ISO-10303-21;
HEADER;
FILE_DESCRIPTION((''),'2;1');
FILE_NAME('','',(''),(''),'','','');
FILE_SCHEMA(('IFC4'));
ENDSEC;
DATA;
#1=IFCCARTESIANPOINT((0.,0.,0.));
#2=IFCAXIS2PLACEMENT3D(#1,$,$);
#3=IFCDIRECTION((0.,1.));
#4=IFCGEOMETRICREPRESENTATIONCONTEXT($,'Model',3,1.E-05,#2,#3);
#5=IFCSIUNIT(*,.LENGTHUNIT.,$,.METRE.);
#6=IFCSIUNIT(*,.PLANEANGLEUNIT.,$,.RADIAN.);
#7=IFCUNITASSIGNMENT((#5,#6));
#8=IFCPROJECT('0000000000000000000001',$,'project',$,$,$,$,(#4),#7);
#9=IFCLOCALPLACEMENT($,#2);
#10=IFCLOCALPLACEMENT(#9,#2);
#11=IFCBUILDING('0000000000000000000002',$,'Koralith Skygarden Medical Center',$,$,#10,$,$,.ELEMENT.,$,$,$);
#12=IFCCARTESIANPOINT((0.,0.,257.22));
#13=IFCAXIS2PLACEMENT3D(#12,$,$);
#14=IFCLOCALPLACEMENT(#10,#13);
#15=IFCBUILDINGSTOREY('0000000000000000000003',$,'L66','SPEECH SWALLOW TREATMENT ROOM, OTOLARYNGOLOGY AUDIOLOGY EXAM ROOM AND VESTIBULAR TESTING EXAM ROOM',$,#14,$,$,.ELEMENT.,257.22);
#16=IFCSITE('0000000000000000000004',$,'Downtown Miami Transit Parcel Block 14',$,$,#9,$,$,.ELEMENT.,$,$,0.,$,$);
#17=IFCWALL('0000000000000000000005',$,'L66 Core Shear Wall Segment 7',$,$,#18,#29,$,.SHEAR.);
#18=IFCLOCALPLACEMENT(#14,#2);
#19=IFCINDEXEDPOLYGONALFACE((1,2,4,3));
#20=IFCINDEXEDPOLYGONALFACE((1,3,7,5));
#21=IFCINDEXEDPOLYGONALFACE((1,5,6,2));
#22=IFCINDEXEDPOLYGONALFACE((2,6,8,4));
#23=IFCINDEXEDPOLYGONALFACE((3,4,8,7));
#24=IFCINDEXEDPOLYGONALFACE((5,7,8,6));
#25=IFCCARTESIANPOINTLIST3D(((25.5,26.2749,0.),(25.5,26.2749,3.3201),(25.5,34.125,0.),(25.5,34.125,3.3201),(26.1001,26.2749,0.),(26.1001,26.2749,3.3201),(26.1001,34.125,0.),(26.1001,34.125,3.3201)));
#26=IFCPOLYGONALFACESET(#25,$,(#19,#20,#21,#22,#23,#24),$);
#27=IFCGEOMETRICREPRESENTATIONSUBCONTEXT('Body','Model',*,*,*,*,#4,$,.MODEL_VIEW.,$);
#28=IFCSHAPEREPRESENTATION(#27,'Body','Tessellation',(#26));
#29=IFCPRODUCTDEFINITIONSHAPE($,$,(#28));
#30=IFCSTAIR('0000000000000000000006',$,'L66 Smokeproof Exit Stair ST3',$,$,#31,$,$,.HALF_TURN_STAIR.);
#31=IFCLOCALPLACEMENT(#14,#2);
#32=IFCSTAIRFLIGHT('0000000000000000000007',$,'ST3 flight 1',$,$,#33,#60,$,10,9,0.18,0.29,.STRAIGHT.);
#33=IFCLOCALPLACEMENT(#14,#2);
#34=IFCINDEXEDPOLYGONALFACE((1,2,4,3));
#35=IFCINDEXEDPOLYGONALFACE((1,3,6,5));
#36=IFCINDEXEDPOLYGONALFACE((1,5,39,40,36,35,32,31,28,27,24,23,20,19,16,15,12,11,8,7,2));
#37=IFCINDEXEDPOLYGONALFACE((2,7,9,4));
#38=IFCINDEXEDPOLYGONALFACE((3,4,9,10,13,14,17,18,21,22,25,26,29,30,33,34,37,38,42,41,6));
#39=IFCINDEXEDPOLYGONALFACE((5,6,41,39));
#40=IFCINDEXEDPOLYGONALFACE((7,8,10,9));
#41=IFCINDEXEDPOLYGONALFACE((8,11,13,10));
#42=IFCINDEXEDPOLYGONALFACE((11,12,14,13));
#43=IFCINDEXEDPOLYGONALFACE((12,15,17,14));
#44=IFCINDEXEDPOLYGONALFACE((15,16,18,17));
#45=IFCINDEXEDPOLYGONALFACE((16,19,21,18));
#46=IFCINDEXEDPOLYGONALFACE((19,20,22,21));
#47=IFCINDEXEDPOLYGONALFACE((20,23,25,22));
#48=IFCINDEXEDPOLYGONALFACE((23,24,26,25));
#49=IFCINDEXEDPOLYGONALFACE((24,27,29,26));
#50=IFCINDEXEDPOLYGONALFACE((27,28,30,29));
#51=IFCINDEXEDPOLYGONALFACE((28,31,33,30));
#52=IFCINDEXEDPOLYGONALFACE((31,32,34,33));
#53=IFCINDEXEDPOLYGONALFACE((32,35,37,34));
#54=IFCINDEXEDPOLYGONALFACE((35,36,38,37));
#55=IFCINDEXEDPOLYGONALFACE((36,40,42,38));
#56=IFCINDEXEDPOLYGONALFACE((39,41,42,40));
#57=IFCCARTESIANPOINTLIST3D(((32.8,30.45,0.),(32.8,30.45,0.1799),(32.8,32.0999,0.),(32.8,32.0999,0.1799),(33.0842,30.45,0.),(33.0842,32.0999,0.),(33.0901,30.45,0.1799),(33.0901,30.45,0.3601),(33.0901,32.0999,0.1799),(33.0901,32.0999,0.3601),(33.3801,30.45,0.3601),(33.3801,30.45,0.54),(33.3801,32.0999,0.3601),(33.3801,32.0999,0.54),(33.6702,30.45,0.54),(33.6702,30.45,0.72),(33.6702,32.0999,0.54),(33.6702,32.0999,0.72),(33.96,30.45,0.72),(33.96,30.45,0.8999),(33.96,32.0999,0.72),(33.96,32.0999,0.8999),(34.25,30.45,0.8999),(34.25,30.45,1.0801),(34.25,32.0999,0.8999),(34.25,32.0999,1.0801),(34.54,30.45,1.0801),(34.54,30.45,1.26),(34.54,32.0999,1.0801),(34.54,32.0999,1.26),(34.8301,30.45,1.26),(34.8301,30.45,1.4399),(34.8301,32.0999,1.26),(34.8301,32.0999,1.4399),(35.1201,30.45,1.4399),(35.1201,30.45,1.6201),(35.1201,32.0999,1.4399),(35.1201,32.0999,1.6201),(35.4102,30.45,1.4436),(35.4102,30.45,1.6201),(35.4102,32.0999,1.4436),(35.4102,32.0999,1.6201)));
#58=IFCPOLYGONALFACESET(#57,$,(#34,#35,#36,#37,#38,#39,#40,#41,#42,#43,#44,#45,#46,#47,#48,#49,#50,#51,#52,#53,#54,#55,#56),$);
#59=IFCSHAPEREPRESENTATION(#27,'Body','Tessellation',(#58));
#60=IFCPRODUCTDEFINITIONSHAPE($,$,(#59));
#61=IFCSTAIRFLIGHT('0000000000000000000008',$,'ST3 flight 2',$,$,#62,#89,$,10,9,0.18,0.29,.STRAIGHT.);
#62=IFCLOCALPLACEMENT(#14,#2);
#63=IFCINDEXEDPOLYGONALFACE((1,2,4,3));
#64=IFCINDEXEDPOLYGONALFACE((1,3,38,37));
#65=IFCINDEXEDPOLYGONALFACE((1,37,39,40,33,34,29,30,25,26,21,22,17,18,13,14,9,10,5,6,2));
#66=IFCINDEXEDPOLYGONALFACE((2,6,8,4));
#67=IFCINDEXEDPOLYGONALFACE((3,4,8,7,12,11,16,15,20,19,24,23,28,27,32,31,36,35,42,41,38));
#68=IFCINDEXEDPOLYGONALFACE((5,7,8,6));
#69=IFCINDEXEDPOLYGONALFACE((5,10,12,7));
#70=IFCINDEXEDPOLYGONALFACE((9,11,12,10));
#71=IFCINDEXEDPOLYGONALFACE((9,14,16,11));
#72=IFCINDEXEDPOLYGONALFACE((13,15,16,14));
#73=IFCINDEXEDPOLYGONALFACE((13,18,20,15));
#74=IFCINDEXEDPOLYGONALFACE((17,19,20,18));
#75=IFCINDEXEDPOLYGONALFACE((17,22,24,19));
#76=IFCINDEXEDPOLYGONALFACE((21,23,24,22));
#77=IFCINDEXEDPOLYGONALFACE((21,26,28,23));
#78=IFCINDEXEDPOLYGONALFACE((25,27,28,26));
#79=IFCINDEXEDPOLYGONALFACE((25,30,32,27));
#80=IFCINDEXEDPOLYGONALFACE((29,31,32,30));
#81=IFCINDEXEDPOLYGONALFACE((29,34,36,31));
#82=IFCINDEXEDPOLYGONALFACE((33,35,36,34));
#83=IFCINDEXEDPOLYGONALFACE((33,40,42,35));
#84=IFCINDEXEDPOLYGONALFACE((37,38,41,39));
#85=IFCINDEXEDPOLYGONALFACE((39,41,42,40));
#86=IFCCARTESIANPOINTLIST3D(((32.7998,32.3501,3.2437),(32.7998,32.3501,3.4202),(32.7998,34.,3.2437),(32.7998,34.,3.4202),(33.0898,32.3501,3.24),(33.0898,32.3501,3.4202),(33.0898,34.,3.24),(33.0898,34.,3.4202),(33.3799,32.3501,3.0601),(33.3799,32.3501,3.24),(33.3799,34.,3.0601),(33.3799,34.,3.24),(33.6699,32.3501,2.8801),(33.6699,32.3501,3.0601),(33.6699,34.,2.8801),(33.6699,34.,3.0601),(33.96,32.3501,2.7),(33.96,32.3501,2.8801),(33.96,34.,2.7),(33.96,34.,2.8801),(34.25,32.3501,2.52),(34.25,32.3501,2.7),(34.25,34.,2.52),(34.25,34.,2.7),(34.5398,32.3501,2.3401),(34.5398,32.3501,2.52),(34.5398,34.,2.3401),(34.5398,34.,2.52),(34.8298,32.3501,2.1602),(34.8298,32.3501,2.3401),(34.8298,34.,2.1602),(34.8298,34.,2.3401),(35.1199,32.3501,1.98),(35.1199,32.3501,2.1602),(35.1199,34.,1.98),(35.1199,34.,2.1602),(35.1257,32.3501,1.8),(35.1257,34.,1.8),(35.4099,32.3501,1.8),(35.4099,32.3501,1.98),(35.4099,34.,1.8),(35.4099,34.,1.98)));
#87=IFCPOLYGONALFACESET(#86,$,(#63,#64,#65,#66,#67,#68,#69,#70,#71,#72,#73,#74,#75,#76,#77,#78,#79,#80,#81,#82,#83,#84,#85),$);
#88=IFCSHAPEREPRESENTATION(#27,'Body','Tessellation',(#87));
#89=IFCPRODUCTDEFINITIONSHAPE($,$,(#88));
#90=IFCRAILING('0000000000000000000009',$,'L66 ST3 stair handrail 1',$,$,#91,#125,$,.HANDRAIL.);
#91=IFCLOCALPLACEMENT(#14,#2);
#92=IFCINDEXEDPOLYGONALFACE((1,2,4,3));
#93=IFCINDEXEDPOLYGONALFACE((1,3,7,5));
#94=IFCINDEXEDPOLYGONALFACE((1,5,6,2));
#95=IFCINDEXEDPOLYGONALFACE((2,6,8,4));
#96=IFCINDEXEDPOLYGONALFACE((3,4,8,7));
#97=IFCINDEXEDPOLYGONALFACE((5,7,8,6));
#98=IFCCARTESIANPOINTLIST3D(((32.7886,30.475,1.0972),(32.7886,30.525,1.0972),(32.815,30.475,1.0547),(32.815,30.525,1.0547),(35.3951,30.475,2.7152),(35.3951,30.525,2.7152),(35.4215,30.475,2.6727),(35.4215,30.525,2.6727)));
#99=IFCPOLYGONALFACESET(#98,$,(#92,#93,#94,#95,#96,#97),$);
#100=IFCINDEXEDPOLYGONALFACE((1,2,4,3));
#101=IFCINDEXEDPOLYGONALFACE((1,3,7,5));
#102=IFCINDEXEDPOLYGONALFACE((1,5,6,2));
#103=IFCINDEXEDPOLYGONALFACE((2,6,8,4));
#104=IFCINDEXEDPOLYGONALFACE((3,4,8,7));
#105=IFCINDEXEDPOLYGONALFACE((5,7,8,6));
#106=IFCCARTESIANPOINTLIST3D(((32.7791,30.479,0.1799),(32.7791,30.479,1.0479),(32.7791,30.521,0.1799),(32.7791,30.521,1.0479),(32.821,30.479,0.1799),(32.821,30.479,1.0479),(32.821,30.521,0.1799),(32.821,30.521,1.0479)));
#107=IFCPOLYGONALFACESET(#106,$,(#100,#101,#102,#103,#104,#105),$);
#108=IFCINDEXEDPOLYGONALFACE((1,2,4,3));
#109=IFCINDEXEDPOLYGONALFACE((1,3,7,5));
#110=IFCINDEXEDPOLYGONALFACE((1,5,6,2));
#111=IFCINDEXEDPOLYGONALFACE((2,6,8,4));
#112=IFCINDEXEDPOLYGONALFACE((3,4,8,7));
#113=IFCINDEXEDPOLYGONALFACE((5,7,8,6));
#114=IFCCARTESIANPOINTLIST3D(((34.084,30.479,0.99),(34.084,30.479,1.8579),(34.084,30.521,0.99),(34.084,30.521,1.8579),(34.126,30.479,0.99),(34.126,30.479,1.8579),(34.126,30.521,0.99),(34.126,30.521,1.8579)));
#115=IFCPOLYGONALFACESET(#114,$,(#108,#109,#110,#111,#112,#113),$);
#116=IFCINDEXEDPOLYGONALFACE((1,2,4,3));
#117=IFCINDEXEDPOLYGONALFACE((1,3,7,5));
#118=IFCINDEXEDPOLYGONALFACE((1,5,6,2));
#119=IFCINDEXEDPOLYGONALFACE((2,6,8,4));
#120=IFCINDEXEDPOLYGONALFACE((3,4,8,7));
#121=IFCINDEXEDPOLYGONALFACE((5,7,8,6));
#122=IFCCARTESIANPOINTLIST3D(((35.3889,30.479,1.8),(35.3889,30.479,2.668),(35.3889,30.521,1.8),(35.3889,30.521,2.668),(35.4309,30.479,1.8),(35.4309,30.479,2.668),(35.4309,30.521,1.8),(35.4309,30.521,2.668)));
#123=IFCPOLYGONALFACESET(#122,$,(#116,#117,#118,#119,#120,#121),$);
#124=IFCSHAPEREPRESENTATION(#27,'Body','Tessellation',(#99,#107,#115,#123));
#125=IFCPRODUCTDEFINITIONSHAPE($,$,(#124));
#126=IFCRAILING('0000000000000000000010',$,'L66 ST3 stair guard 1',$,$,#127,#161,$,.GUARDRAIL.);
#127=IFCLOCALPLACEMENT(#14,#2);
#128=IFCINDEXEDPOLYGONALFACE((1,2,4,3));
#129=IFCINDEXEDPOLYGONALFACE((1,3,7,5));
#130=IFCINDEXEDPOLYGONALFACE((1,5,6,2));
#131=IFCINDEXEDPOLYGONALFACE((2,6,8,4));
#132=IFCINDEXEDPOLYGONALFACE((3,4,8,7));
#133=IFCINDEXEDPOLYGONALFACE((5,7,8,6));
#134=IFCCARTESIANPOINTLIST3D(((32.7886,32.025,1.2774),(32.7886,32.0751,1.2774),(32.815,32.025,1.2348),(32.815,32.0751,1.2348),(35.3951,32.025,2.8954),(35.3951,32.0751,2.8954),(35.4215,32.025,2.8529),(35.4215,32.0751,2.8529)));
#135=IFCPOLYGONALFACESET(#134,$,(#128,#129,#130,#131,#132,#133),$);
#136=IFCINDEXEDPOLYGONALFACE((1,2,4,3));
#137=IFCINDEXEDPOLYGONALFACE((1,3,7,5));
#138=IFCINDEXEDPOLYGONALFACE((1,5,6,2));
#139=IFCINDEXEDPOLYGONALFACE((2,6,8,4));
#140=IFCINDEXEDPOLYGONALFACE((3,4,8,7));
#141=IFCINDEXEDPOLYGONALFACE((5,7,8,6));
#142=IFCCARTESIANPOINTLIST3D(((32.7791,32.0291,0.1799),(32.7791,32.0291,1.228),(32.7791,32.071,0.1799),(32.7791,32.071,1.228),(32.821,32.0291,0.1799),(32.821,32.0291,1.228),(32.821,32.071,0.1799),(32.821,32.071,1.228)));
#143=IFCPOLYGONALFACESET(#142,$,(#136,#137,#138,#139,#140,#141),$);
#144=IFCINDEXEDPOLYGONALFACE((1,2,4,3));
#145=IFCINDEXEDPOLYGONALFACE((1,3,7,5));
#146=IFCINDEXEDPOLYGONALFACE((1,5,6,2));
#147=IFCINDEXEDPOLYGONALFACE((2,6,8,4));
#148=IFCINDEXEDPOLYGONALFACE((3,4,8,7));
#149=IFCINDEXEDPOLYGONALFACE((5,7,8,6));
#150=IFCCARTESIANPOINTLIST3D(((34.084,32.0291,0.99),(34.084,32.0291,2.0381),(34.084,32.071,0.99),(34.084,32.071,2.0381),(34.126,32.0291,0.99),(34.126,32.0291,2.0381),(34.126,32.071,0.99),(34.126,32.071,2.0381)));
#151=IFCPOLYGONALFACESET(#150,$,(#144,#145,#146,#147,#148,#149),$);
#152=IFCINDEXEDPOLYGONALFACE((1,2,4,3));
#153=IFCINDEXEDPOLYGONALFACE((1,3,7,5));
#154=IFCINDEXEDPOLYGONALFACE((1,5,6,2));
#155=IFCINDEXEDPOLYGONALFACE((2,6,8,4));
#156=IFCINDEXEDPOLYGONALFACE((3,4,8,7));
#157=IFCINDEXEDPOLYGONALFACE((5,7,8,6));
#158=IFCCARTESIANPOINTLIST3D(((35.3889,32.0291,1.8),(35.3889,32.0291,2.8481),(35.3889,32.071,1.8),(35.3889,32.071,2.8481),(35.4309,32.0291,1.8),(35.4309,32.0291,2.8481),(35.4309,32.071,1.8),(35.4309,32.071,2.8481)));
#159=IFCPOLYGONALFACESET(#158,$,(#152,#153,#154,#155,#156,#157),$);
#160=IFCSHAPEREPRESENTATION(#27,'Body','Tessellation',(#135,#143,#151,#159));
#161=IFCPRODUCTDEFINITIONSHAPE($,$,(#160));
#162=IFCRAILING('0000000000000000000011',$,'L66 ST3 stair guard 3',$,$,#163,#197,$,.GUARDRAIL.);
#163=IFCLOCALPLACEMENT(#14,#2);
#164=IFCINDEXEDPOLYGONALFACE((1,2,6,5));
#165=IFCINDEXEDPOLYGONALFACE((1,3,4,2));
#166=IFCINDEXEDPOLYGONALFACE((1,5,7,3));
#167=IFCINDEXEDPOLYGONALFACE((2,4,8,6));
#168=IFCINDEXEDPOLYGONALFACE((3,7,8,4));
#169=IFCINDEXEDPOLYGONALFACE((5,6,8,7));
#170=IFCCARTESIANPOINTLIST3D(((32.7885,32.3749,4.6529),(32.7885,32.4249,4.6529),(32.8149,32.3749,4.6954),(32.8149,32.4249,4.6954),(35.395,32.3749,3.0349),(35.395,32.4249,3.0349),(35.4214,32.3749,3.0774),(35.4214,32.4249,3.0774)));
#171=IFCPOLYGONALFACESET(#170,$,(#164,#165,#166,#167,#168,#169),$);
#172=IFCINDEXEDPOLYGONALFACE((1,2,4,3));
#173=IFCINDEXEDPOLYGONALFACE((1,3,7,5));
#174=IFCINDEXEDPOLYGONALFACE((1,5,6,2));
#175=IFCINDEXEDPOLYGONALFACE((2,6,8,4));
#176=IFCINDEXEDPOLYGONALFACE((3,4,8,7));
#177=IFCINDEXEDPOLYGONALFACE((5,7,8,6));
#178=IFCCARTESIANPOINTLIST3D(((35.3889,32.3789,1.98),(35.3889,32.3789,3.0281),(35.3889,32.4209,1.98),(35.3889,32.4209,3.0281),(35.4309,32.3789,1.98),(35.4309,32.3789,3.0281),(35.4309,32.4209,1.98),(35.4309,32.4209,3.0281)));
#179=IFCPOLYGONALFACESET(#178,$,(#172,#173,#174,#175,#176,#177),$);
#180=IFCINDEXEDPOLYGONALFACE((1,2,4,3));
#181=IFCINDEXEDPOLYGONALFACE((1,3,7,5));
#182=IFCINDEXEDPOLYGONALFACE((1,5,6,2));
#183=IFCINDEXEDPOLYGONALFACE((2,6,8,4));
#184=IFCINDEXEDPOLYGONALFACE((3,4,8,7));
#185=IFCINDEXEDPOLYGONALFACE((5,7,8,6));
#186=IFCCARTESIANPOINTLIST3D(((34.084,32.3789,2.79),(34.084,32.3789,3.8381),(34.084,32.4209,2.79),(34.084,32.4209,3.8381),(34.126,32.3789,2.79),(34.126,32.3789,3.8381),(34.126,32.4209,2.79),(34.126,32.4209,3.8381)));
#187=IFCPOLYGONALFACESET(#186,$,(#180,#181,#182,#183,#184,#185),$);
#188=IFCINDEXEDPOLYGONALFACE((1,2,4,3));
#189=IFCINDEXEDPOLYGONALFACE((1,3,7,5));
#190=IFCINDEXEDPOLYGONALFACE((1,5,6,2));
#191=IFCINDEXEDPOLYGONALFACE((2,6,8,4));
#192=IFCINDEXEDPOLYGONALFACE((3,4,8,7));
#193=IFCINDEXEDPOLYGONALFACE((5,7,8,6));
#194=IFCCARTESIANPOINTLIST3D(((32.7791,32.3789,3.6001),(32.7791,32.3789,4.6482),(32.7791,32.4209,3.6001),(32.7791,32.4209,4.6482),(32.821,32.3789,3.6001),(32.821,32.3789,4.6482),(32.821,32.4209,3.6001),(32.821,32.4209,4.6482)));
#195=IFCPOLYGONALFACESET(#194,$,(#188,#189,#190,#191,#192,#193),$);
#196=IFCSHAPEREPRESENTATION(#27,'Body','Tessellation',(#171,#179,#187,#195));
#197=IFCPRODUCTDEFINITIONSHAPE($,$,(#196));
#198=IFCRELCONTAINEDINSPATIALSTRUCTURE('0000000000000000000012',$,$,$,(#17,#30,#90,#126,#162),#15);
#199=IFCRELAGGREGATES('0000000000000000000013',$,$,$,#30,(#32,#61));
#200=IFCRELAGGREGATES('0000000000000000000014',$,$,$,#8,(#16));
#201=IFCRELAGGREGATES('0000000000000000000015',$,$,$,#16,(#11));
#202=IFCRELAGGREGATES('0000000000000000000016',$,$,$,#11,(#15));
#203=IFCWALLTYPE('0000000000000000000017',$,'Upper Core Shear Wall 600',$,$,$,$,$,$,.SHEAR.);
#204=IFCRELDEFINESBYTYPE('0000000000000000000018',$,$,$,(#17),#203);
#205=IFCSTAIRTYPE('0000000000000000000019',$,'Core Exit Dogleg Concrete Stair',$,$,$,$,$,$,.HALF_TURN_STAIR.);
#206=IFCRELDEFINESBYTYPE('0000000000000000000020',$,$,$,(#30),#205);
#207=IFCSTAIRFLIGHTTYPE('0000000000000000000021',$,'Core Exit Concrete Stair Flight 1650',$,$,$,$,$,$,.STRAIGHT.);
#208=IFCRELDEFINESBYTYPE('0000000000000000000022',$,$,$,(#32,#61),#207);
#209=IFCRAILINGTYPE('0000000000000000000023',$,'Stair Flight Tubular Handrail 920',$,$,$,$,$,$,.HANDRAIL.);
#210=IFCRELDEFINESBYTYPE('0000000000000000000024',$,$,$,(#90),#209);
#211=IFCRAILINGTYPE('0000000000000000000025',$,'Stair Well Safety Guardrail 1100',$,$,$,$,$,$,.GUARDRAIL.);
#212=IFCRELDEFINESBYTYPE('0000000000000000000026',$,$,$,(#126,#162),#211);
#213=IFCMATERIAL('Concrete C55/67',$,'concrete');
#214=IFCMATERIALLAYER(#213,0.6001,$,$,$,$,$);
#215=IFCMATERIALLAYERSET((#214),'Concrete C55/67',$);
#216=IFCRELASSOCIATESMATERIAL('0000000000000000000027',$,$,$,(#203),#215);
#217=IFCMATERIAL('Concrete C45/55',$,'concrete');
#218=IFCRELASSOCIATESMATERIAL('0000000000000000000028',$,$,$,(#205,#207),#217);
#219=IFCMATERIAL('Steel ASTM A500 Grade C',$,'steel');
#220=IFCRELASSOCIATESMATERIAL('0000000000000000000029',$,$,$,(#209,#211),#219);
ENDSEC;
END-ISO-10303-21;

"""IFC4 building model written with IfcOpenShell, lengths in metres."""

from ifc_helpers import new_model, si_unit, direction, frame, frame_2d, origin, origin_2d, place, context, subcontext, project, spatial, polyline, rectangle, outline, extrude, material, layer, layer_set, type_object, element, aggregate, save


model = new_model("IFC4")

# Units and contexts
model_context = context("Model", 3, precision=1e-05, world=origin(), true_north=direction((0.0, 1.0)))
body_context = subcontext(model_context, "Body", "Model", "MODEL_VIEW")
ifc_project = project(units=[si_unit("LENGTHUNIT", "METRE"), si_unit("PLANEANGLEUNIT", "RADIAN")], contexts=[model_context])

# Site, building, storey
site_placement = place(None, origin())
site = spatial("IfcSite", under=ifc_project, at=site_placement, Name="Downtown Miami Transit Parcel Block 14", CompositionType="ELEMENT", RefElevation=0.0)
building_placement = place(site_placement, origin())
building = spatial("IfcBuilding", under=site, at=building_placement, Name="Koralith Skygarden Medical Center", CompositionType="ELEMENT")
storey_placement = place(building_placement, frame((0.0, 0.0, 257.22)))
storey = spatial("IfcBuildingStorey", under=building, at=storey_placement, Name="L66", Description="SPEECH SWALLOW TREATMENT ROOM, OTOLARYNGOLOGY AUDIOLOGY EXAM ROOM AND VESTIBULAR TESTING EXAM ROOM", CompositionType="ELEMENT", Elevation=257.22)

# Shared definitions
ifc_material_1 = material(Name="Concrete C55/67", Category="concrete")

# Shared definitions
ifc_material_2 = material(Name="Concrete C45/55", Category="concrete")

# Wall
ifc_layer_1 = layer(ifc_material_1, 0.6001)
ifc_layer_set_1 = layer_set([ifc_layer_1], Name="Concrete C55/67")
wall_type = type_object("IfcWallType", Name="Upper Core Shear Wall 600", PredefinedType="SHEAR", material=ifc_layer_set_1)
wall_placement = place(storey_placement, frame((25.8, 34.125, 0.0), z_axis=(0.0, 0.0, 1.0), x_axis=(0.0, -1.0, 0.0)))
element("IfcWall", 1, at=wall_placement, inside=storey, type_object=wall_type, Name="L66 Core Shear Wall Segment 7", PredefinedType="SHEAR", context=body_context, shape_type="SweptSolid", body=[
    extrude(rectangle(XDim=7.8501, YDim=0.6001, at=frame_2d((3.925, 0.0))), origin(), (0.0, 0.0, 1.0), 3.3201),
])

# Stair, stair flights
stair_type = type_object("IfcStairType", Name="Core Exit Dogleg Concrete Stair", PredefinedType="HALF_TURN_STAIR", material=ifc_material_2)
stair_placement = place(storey_placement, origin())
stair = element("IfcStair", 2, at=stair_placement, inside=storey, type_object=stair_type, Name="L66 Smokeproof Exit Stair ST3", PredefinedType="HALF_TURN_STAIR")
stair_flight_type = type_object("IfcStairFlightType", Name="Core Exit Concrete Stair Flight 1650", PredefinedType="STRAIGHT", material=ifc_material_2)
stair_flight_1_placement = place(storey_placement, frame((32.8, 31.2749, 0.0), z_axis=(0.0, 0.0, 1.0), x_axis=(1.0, 0.0, 0.0)))
stair_flight_1 = element("IfcStairFlight", 3, at=stair_flight_1_placement, type_object=stair_flight_type, Name="ST3 flight 1", NumberOfRisers=10, NumberOfTreads=9, PredefinedType="STRAIGHT", RiserHeight=0.18, TreadLength=0.29, context=body_context, shape_type="SweptSolid", body=[
    extrude(outline(polyline([(0.0, 0.0), (0.0, 0.1799), (0.29, 0.1799), (0.29, 0.3601), (0.5801, 0.3601), (0.5801, 0.54), (0.8701, 0.54), (0.8701, 0.72), (1.1599, 0.72), (1.1599, 0.8999), (1.45, 0.8999), (1.45, 1.0801), (1.74, 1.0801), (1.74, 1.26), (2.03, 1.26), (2.03, 1.4399), (2.3201, 1.4399), (2.3201, 1.6201), (2.6101, 1.6201), (2.6101, 1.8), (2.6101, 1.4436), (0.2842, 0.0), (0.0, 0.0)])), frame((0.0, 0.825, 0.0), z_axis=(0.0, -1.0, 0.0), x_axis=(1.0, 0.0, 0.0)), (0.0, 0.0, 1.0), 1.6499),
])
stair_flight_2_placement = place(storey_placement, frame((35.4099, 33.175, 1.8), z_axis=(0.0, 0.0, 1.0), x_axis=(-1.0, 0.0, 0.0)))
stair_flight_2 = element("IfcStairFlight", 4, at=stair_flight_2_placement, type_object=stair_flight_type, Name="ST3 flight 2", NumberOfRisers=10, NumberOfTreads=9, PredefinedType="STRAIGHT", RiserHeight=0.18, TreadLength=0.29, context=body_context, shape_type="SweptSolid", body=[
    extrude(outline(polyline([(0.0, 0.0), (0.0, 0.1799), (0.29, 0.1799), (0.29, 0.3601), (0.5801, 0.3601), (0.5801, 0.54), (0.8701, 0.54), (0.8701, 0.72), (1.1599, 0.72), (1.1599, 0.8999), (1.45, 0.8999), (1.45, 1.0801), (1.74, 1.0801), (1.74, 1.26), (2.03, 1.26), (2.03, 1.4399), (2.3201, 1.4399), (2.3201, 1.6201), (2.6101, 1.6201), (2.6101, 1.8), (2.6101, 1.4436), (0.2842, 0.0), (0.0, 0.0)])), frame((0.0, 0.825, 0.0), z_axis=(0.0, -1.0, 0.0), x_axis=(1.0, 0.0, 0.0)), (0.0, 0.0, 1.0), 1.6499),
])
aggregate(stair, [stair_flight_1, stair_flight_2])

# Railings
ifc_material_3 = material(Name="Steel ASTM A500 Grade C", Category="steel")
railing_type_1 = type_object("IfcRailingType", Name="Stair Flight Tubular Handrail 920", PredefinedType="HANDRAIL", material=ifc_material_3)
railing_1_placement = place(storey_placement, frame((32.8, 30.5, 0.1799)))
element("IfcRailing", 5, at=railing_1_placement, inside=storey, type_object=railing_type_1, Name="L66 ST3 stair handrail 1", PredefinedType="HANDRAIL", context=body_context, shape_type="SweptSolid", body=[
    extrude(rectangle(XDim=0.05, YDim=0.05, at=origin_2d()), frame((0.0017, 0.0, 0.896), z_axis=(0.849611, 0.0, 0.52741), x_axis=(0.0, 1.0, 0.0)), (0.0, 0.0, 1.0), 3.0679),
    extrude(rectangle(XDim=0.042, YDim=0.042, at=origin_2d()), origin(), (0.0, 0.0, 1.0), 0.8679),
    extrude(rectangle(XDim=0.042, YDim=0.042, at=origin_2d()), frame((1.3049, 0.0, 0.8101)), (0.0, 0.0, 1.0), 0.8679),
    extrude(rectangle(XDim=0.042, YDim=0.042, at=origin_2d()), frame((2.6099, 0.0, 1.6201)), (0.0, 0.0, 1.0), 0.8679),
])
railing_type_2 = type_object("IfcRailingType", Name="Stair Well Safety Guardrail 1100", PredefinedType="GUARDRAIL", material=ifc_material_3)
railing_2_placement = place(storey_placement, frame((32.8, 32.05, 0.1799)))
element("IfcRailing", 6, at=railing_2_placement, inside=storey, type_object=railing_type_2, Name="L66 ST3 stair guard 1", PredefinedType="GUARDRAIL", context=body_context, shape_type="SweptSolid", body=[
    extrude(rectangle(XDim=0.05, YDim=0.05, at=origin_2d()), frame((0.0017, 0.0, 1.0762), z_axis=(0.849611, 0.0, 0.52741), x_axis=(0.0, 1.0, 0.0)), (0.0, 0.0, 1.0), 3.0679),
    extrude(rectangle(XDim=0.042, YDim=0.042, at=origin_2d()), origin(), (0.0, 0.0, 1.0), 1.0481),
    extrude(rectangle(XDim=0.042, YDim=0.042, at=origin_2d()), frame((1.3049, 0.0, 0.8101)), (0.0, 0.0, 1.0), 1.0481),
    extrude(rectangle(XDim=0.042, YDim=0.042, at=origin_2d()), frame((2.6099, 0.0, 1.6201)), (0.0, 0.0, 1.0), 1.0481),
])
railing_3_placement = place(storey_placement, frame((35.4099, 32.3999, 1.98)))
element("IfcRailing", 7, at=railing_3_placement, inside=storey, type_object=railing_type_2, Name="L66 ST3 stair guard 3", PredefinedType="GUARDRAIL", context=body_context, shape_type="SweptSolid", body=[
    extrude(rectangle(XDim=0.05, YDim=0.05, at=origin_2d()), frame((-0.0017, 0.0, 1.0762), z_axis=(-0.849611, 0.0, 0.52741), x_axis=(0.0, -1.0, 0.0)), (0.0, 0.0, 1.0), 3.0679),
    extrude(rectangle(XDim=0.042, YDim=0.042, at=origin_2d()), origin(), (0.0, 0.0, 1.0), 1.0481),
    extrude(rectangle(XDim=0.042, YDim=0.042, at=origin_2d()), frame((-1.3049, 0.0, 0.8101)), (0.0, 0.0, 1.0), 1.0481),
    extrude(rectangle(XDim=0.042, YDim=0.042, at=origin_2d()), frame((-2.6099, 0.0, 1.6201)), (0.0, 0.0, 1.0), 1.0481),
])

save(model, "model.ifc")
